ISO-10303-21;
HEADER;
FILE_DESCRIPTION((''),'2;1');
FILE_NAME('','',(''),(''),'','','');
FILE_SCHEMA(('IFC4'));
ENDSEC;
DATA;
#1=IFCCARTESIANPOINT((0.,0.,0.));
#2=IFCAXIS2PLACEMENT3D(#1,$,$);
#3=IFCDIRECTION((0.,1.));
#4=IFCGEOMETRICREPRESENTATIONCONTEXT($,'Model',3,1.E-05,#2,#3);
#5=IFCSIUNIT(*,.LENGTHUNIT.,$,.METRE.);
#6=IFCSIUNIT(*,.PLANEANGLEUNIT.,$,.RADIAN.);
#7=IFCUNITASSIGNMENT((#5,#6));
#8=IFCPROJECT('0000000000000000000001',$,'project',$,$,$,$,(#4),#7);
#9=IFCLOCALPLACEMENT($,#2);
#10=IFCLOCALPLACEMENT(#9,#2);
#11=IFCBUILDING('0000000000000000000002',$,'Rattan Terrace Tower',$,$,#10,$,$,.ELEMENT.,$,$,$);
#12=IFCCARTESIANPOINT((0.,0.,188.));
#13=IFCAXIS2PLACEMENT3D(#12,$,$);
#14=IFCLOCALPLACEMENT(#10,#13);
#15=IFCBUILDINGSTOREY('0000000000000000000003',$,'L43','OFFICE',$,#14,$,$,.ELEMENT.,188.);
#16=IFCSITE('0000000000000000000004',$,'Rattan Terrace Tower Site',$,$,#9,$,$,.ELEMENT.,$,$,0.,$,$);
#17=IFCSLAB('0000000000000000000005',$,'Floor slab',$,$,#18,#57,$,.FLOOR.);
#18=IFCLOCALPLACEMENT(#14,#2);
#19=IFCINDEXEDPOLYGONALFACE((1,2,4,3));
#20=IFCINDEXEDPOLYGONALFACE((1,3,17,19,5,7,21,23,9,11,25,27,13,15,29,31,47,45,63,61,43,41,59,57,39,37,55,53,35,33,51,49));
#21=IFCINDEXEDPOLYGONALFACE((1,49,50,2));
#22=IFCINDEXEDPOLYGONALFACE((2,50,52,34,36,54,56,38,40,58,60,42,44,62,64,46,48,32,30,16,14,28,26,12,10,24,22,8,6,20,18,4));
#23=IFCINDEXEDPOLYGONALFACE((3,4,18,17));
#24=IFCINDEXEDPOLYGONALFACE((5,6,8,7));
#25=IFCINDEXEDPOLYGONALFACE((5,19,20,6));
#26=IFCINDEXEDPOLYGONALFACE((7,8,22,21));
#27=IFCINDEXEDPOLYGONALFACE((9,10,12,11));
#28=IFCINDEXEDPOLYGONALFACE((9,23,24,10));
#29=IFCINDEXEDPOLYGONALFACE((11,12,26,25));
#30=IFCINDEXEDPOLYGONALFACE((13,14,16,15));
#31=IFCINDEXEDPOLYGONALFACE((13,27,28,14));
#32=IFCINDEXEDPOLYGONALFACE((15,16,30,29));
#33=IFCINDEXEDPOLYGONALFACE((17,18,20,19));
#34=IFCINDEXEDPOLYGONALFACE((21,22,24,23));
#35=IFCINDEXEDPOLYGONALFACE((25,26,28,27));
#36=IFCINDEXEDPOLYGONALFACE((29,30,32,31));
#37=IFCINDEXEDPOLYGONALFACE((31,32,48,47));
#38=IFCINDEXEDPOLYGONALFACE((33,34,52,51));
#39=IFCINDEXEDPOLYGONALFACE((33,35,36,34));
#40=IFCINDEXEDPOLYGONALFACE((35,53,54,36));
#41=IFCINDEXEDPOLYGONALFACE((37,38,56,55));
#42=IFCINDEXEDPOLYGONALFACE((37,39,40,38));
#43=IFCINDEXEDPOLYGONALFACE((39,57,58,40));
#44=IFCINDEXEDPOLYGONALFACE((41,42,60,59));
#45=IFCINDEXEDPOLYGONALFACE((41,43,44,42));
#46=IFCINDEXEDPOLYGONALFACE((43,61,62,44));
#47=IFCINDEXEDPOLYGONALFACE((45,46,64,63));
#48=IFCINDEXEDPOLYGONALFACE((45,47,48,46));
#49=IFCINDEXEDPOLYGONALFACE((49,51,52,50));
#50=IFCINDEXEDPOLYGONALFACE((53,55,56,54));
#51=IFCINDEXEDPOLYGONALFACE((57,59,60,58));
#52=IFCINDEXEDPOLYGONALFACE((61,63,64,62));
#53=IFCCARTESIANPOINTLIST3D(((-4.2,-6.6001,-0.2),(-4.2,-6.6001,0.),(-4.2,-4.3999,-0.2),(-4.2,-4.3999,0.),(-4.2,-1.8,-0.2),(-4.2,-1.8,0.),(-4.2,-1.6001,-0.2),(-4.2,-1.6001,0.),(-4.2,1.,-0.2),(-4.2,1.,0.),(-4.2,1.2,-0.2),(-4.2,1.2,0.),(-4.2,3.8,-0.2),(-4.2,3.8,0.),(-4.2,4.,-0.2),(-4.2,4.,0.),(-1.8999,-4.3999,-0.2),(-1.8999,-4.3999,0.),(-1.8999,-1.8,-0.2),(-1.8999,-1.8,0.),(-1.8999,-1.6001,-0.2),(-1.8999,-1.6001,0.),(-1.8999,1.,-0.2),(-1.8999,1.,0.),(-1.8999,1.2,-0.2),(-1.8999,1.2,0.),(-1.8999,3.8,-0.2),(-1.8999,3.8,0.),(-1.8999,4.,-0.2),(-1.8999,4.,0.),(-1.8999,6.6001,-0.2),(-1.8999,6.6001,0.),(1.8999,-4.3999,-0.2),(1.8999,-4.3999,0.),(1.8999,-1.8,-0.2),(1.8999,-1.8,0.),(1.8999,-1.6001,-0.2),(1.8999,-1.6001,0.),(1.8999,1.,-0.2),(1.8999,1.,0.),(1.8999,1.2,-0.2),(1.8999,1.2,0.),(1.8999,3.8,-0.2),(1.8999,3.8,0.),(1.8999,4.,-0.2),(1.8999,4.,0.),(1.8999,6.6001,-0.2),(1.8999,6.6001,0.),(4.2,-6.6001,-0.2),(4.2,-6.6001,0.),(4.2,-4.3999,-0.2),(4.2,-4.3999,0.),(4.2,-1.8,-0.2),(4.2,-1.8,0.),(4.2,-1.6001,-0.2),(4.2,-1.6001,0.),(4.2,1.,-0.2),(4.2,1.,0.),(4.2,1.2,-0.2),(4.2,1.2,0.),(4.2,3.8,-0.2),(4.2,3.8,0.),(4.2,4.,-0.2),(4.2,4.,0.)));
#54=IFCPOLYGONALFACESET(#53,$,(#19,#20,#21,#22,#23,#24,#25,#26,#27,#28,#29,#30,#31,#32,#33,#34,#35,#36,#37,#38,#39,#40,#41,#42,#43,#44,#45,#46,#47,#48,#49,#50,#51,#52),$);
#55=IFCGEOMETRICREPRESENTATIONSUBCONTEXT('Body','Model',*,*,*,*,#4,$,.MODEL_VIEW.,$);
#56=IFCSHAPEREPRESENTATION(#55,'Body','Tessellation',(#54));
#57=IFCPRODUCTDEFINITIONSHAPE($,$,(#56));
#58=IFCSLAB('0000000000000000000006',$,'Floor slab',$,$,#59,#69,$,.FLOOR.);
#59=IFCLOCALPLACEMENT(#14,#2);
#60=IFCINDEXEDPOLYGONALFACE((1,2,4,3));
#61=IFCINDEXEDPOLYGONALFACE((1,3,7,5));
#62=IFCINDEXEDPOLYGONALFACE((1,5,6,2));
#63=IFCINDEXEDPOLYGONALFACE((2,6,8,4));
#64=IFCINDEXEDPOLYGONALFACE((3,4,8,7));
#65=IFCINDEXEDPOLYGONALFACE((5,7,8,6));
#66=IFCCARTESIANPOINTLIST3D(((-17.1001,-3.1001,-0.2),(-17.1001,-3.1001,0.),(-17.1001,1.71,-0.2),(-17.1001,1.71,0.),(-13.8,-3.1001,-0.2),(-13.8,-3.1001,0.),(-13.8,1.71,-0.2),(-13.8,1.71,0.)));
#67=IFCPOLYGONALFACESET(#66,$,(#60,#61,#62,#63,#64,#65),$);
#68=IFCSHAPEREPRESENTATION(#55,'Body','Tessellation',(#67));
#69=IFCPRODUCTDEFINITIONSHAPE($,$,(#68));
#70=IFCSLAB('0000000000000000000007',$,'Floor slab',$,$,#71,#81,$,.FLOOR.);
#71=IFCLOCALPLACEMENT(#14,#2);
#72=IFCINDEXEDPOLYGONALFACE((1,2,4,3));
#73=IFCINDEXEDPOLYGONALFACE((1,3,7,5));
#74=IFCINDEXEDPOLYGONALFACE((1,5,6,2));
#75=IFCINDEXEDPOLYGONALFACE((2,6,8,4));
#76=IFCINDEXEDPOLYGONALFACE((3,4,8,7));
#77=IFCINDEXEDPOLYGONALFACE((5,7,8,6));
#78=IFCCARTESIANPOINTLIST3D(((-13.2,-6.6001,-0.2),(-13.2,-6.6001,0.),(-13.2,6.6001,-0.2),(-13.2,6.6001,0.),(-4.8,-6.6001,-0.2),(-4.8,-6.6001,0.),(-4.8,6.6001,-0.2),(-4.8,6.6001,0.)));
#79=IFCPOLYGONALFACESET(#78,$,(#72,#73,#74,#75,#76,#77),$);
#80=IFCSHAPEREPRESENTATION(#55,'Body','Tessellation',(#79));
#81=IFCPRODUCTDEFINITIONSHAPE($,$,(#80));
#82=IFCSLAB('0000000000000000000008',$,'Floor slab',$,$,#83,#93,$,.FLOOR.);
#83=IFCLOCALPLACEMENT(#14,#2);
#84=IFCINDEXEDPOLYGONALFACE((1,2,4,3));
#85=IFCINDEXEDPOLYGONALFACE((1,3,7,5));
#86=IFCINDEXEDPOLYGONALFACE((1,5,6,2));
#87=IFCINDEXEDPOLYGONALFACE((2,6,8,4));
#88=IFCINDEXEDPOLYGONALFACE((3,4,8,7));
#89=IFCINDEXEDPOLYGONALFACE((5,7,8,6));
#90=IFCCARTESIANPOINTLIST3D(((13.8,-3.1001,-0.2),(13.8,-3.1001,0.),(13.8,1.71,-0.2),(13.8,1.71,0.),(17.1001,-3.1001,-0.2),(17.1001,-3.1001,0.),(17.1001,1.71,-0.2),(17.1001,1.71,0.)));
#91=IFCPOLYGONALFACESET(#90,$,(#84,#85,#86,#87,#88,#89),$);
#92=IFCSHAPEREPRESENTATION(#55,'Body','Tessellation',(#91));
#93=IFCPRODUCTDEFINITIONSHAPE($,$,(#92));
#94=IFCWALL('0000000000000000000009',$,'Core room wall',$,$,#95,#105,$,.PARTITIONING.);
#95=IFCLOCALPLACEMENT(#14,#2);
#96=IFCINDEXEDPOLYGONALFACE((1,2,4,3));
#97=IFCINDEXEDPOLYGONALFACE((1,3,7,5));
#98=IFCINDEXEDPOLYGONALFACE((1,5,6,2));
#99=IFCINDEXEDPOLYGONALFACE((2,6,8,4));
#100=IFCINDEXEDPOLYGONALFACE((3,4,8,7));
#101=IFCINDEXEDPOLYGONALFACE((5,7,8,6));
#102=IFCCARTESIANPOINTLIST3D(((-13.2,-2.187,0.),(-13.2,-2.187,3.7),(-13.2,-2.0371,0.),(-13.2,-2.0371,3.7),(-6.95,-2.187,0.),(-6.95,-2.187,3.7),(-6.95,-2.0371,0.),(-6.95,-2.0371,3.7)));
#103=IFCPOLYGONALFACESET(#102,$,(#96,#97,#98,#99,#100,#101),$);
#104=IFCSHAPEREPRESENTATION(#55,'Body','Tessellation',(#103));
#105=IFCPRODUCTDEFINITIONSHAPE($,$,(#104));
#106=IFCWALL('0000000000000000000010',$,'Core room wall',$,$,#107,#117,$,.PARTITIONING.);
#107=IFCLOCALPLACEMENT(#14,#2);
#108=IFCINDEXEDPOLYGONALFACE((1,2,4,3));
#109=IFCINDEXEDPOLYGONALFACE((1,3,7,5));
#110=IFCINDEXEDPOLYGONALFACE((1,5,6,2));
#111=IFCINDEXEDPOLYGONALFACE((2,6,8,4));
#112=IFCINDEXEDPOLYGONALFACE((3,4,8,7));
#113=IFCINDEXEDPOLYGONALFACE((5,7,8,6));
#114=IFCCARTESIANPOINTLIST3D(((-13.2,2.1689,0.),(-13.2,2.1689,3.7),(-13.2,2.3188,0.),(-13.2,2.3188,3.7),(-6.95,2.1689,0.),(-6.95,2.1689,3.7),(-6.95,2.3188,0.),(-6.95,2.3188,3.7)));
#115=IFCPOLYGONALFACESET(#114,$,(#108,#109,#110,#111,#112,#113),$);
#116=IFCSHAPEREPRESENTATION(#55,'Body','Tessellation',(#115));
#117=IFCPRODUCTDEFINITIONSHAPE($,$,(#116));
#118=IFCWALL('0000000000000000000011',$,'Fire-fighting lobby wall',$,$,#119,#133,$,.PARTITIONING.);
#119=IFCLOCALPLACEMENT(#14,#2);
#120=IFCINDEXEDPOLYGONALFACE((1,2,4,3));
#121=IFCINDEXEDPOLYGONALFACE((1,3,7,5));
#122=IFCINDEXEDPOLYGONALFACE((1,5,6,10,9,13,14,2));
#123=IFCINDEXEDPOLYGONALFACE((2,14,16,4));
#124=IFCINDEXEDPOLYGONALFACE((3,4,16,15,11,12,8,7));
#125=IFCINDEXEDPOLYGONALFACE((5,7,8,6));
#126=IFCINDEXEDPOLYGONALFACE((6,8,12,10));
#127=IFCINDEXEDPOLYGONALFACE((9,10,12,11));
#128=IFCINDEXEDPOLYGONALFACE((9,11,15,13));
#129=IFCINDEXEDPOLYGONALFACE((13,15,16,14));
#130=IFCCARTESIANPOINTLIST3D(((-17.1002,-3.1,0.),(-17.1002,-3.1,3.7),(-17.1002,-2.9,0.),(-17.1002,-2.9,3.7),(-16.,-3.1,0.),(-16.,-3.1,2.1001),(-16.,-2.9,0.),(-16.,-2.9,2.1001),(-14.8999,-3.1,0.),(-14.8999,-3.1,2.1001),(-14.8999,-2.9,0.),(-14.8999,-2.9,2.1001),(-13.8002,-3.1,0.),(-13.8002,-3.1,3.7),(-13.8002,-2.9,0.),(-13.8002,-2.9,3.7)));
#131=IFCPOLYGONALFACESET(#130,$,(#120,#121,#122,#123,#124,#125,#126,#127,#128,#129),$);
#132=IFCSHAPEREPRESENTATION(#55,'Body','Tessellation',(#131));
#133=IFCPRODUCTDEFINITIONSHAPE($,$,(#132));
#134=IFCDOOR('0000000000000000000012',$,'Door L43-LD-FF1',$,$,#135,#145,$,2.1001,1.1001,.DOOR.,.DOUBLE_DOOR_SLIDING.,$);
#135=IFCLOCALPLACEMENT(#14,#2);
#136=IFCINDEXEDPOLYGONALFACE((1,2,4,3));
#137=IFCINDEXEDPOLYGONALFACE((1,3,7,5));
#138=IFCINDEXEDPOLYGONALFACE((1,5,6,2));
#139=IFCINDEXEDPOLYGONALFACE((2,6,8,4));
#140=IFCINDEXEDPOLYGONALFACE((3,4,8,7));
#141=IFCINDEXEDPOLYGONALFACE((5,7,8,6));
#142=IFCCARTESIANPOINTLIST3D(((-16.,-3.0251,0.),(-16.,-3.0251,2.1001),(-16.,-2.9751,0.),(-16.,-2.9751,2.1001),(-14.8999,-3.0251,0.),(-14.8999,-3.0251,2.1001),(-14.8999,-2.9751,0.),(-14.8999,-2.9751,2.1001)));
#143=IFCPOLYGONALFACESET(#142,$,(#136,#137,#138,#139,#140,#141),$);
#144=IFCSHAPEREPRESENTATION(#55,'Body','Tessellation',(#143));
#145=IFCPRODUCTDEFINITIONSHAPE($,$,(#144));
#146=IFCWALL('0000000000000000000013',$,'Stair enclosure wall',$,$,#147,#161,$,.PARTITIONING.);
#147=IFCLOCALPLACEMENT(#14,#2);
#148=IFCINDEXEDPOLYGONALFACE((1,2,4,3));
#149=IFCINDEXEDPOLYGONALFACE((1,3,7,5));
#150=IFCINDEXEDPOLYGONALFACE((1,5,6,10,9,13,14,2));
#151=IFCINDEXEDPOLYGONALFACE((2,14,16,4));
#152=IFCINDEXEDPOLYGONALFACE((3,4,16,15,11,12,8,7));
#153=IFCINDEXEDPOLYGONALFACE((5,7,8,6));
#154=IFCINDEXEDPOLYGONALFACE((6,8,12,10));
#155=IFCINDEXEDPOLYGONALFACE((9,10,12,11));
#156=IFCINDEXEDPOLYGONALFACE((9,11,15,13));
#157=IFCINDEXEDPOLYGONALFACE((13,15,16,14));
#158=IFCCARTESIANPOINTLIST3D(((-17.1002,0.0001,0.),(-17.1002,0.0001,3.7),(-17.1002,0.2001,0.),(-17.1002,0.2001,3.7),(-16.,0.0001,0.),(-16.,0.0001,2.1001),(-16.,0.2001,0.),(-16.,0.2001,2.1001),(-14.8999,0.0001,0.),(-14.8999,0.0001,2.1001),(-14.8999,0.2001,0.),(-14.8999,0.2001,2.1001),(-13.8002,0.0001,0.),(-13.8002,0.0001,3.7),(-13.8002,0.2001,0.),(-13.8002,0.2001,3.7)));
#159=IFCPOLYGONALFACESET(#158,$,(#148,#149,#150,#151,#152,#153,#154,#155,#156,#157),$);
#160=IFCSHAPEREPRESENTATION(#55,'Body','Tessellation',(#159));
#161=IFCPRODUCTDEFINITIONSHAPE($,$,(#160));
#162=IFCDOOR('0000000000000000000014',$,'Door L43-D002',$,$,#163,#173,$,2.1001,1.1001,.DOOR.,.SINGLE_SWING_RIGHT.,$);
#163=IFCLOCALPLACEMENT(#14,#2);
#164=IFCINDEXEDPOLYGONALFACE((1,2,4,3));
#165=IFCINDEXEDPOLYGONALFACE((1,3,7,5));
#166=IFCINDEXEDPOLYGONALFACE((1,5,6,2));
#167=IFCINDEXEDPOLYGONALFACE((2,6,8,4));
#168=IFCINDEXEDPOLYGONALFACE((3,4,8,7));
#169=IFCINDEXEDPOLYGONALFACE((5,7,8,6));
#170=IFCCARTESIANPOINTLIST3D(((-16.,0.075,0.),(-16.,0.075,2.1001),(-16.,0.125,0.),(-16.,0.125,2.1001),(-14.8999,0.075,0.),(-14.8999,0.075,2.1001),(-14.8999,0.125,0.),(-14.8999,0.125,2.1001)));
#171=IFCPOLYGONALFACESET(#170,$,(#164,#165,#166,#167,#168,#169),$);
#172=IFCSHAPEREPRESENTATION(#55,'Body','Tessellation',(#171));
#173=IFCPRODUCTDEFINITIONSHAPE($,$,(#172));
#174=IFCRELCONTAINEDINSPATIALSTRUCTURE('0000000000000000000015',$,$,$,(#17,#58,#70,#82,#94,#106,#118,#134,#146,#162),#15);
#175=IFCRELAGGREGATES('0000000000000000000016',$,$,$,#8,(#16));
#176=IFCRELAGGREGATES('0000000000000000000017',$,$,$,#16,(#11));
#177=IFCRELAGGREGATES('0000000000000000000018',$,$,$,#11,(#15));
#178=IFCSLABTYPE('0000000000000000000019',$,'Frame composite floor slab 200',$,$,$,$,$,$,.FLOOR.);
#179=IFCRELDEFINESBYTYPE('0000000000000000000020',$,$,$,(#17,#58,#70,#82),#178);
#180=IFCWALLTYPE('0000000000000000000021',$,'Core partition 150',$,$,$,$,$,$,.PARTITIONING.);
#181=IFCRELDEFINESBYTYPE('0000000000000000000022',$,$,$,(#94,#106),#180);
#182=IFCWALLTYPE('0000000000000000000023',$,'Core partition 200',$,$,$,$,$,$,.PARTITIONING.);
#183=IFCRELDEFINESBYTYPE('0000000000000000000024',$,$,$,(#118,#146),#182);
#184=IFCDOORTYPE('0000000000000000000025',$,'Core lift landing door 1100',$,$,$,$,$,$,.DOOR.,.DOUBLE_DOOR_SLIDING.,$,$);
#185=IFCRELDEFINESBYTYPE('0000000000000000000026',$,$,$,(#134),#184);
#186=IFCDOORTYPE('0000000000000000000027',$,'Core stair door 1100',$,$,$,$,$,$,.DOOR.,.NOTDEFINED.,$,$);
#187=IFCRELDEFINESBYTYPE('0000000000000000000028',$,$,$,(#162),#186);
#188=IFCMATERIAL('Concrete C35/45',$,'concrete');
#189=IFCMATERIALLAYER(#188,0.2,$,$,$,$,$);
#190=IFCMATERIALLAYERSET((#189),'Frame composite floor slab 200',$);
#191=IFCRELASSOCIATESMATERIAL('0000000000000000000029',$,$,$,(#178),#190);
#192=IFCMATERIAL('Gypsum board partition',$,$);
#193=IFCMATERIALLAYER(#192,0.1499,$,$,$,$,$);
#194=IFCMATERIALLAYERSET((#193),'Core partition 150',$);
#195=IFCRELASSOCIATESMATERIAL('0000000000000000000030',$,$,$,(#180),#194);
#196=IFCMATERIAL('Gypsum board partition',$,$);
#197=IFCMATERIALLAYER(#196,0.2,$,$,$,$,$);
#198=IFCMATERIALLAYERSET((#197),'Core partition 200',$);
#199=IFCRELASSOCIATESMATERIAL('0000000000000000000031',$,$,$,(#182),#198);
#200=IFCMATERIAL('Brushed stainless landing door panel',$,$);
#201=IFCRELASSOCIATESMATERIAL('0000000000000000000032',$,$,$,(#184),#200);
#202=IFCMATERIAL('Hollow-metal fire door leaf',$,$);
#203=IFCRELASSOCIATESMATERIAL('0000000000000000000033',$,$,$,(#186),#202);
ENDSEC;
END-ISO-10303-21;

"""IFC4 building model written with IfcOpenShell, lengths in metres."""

from ifc_helpers import new_model, si_unit, direction, frame, frame_2d, origin, place, context, subcontext, project, spatial, polyline, rectangle, outline, extrude, material, layer, layer_set, type_object, element, fill, save


model = new_model("IFC4")

# Units and contexts
model_context = context("Model", 3, precision=1e-05, world=origin(), true_north=direction((0.0, 1.0)))
body_context = subcontext(model_context, "Body", "Model", "MODEL_VIEW")
ifc_project = project(units=[si_unit("LENGTHUNIT", "METRE"), si_unit("PLANEANGLEUNIT", "RADIAN")], contexts=[model_context])

# Site, building, storey
site_placement = place(None, origin())
site = spatial("IfcSite", under=ifc_project, at=site_placement, Name="Rattan Terrace Tower Site", CompositionType="ELEMENT", RefElevation=0.0)
building_placement = place(site_placement, origin())
building = spatial("IfcBuilding", under=site, at=building_placement, Name="Rattan Terrace Tower", CompositionType="ELEMENT")
storey_placement = place(building_placement, frame((0.0, 0.0, 188.0)))
storey = spatial("IfcBuildingStorey", under=building, at=storey_placement, Name="L43", Description="OFFICE", CompositionType="ELEMENT", Elevation=188.0)

# Slabs
ifc_material_1 = material(Name="Concrete C35/45", Category="concrete")
ifc_layer_1 = layer(ifc_material_1, 0.2)
ifc_layer_set_1 = layer_set([ifc_layer_1], Name="Frame composite floor slab 200")
slab_type_1 = type_object("IfcSlabType", Name="Frame composite floor slab 200", PredefinedType="FLOOR", material=ifc_layer_set_1)
slab_1_placement = place(storey_placement, frame((0.0, 0.0, -0.2)))
element("IfcSlab", 1, at=slab_1_placement, inside=storey, type_object=slab_type_1, Name="Floor slab", PredefinedType="FLOOR", context=body_context, shape_type="SweptSolid", body=[
    extrude(outline(polyline([(1.8999, 6.6001), (-1.8999, 6.6001), (-1.8999, 4.0), (-4.2, 4.0), (-4.2, 3.8), (-1.8999, 3.8), (-1.8999, 1.2), (-4.2, 1.2), (-4.2, 1.0), (-1.8999, 1.0), (-1.8999, -1.6001), (-4.2, -1.6001), (-4.2, -1.8), (-1.8999, -1.8), (-1.8999, -4.3999), (-4.2, -4.3999), (-4.2, -6.6001), (4.2, -6.6001), (4.2, -4.3999), (1.8999, -4.3999), (1.8999, -1.8), (4.2, -1.8), (4.2, -1.6001), (1.8999, -1.6001), (1.8999, 1.0), (4.2, 1.0), (4.2, 1.2), (1.8999, 1.2), (1.8999, 3.8), (4.2, 3.8), (4.2, 4.0), (1.8999, 4.0), (1.8999, 6.6001)])), origin(), (0.0, 0.0, 1.0), 0.2),
])
slab_2_placement = place(storey_placement, frame((0.0, 0.0, -0.2)))
element("IfcSlab", 2, at=slab_2_placement, inside=storey, type_object=slab_type_1, Name="Floor slab", PredefinedType="FLOOR", context=body_context, shape_type="SweptSolid", body=[
    extrude(outline(polyline([(-17.1001, -3.1001), (-13.8, -3.1001), (-13.8, 1.71), (-17.1001, 1.71), (-17.1001, -3.1001)])), origin(), (0.0, 0.0, 1.0), 0.2),
])
slab_3_placement = place(storey_placement, frame((0.0, 0.0, -0.2)))
element("IfcSlab", 3, at=slab_3_placement, inside=storey, type_object=slab_type_1, Name="Floor slab", PredefinedType="FLOOR", context=body_context, shape_type="SweptSolid", body=[
    extrude(outline(polyline([(-4.8, -6.6001), (-4.8, 6.6001), (-13.2, 6.6001), (-13.2, -6.6001), (-4.8, -6.6001)])), origin(), (0.0, 0.0, 1.0), 0.2),
])
slab_4_placement = place(storey_placement, frame((0.0, 0.0, -0.2)))
element("IfcSlab", 4, at=slab_4_placement, inside=storey, type_object=slab_type_1, Name="Floor slab", PredefinedType="FLOOR", context=body_context, shape_type="SweptSolid", body=[
    extrude(outline(polyline([(13.8, -3.1001), (17.1001, -3.1001), (17.1001, 1.71), (13.8, 1.71), (13.8, -3.1001)])), origin(), (0.0, 0.0, 1.0), 0.2),
])

# Walls
ifc_material_2 = material(Name="Gypsum board partition")
ifc_layer_2 = layer(ifc_material_2, 0.1499)
ifc_layer_set_2 = layer_set([ifc_layer_2], Name="Core partition 150")
wall_type_1 = type_object("IfcWallType", Name="Core partition 150", PredefinedType="PARTITIONING", material=ifc_layer_set_2)
for number, where, z_axis, x_axis, name in (
    (5, (-13.2, -2.1121, 0.0), (0.0, 0.0, 1.0), (1.0, 0.0, 0.0), "Core room wall"),
    (6, (-13.2, 2.2439, 0.0), (0.0, 0.0, 1.0), (1.0, 0.0, 0.0), "Core room wall"),
):
    element("IfcWall", number, at=place(storey_placement, frame(where, z_axis=z_axis, x_axis=x_axis)), inside=storey, type_object=wall_type_1, Name=name, PredefinedType="PARTITIONING", context=body_context, shape_type="SweptSolid", body=[
        extrude(rectangle(XDim=6.25, YDim=0.1499, at=frame_2d((3.125, 0.0))), origin(), (0.0, 0.0, 1.0), 3.7),
    ])

# Walls, openings, doors
ifc_material_3 = material(Name="Gypsum board partition")
ifc_layer_3 = layer(ifc_material_3, 0.2)
ifc_layer_set_3 = layer_set([ifc_layer_3], Name="Core partition 200")
wall_type_2 = type_object("IfcWallType", Name="Core partition 200", PredefinedType="PARTITIONING", material=ifc_layer_set_3)
wall_1_placement = place(storey_placement, frame((-17.1001, -3.0, 0.0), z_axis=(0.0, 0.0, 1.0), x_axis=(1.0, 0.0, 0.0)))
wall_1 = element("IfcWall", 7, at=wall_1_placement, inside=storey, type_object=wall_type_2, Name="Fire-fighting lobby wall", PredefinedType="PARTITIONING", context=body_context, shape_type="SweptSolid", body=[
    extrude(rectangle(XDim=3.3, YDim=0.2, at=frame_2d((1.6499, 0.0))), origin(), (0.0, 0.0, 1.0), 3.7),
])
opening_1_placement = place(wall_1_placement, frame((1.1001, 0.0, 0.0)))
opening_1 = element("IfcOpeningElement", 8, at=opening_1_placement, cuts=wall_1, PredefinedType="OPENING", context=body_context, shape_type="SweptSolid", body=[
    extrude(rectangle(XDim=1.1001, YDim=2.1001, at=frame_2d((0.55, 1.05))), frame((0.0, 0.1106, 0.0), z_axis=(0.0, -1.0, 0.0), x_axis=(1.0, 0.0, 0.0)), (0.0, 0.0, 1.0), 0.2209),
])
ifc_material_4 = material(Name="Brushed stainless landing door panel")
door_type_1 = type_object("IfcDoorType", Name="Core lift landing door 1100", OperationType="DOUBLE_DOOR_SLIDING", PredefinedType="DOOR", material=ifc_material_4)
door_1_placement = place(opening_1_placement, origin())
door_1 = element("IfcDoor", 9, at=door_1_placement, inside=storey, type_object=door_type_1, Name="Door L43-LD-FF1", OperationType="DOUBLE_DOOR_SLIDING", OverallHeight=2.1001, OverallWidth=1.1001, PredefinedType="DOOR", context=body_context, shape_type="SweptSolid", body=[
    extrude(rectangle(XDim=1.1001, YDim=2.1001, at=frame_2d((0.55, 1.05))), frame((0.0, 0.0249, 0.0), z_axis=(0.0, -1.0, 0.0), x_axis=(1.0, 0.0, 0.0)), (0.0, 0.0, 1.0), 0.05),
])
fill(opening_1, door_1)
wall_2_placement = place(storey_placement, frame((-17.1001, 0.1001, 0.0), z_axis=(0.0, 0.0, 1.0), x_axis=(1.0, 0.0, 0.0)))
wall_2 = element("IfcWall", 10, at=wall_2_placement, inside=storey, type_object=wall_type_2, Name="Stair enclosure wall", PredefinedType="PARTITIONING", context=body_context, shape_type="SweptSolid", body=[
    extrude(rectangle(XDim=3.3, YDim=0.2, at=frame_2d((1.6499, 0.0))), origin(), (0.0, 0.0, 1.0), 3.7),
])
opening_2_placement = place(wall_2_placement, frame((1.1001, 0.0, 0.0)))
opening_2 = element("IfcOpeningElement", 11, at=opening_2_placement, cuts=wall_2, PredefinedType="OPENING", context=body_context, shape_type="SweptSolid", body=[
    extrude(rectangle(XDim=1.1001, YDim=2.1001, at=frame_2d((0.55, 1.05))), frame((0.0, 0.1106, 0.0), z_axis=(0.0, -1.0, 0.0), x_axis=(1.0, 0.0, 0.0)), (0.0, 0.0, 1.0), 0.2209),
])
ifc_material_5 = material(Name="Hollow-metal fire door leaf")
door_type_2 = type_object("IfcDoorType", Name="Core stair door 1100", OperationType="NOTDEFINED", PredefinedType="DOOR", material=ifc_material_5)
door_2_placement = place(opening_2_placement, origin())
door_2 = element("IfcDoor", 12, at=door_2_placement, inside=storey, type_object=door_type_2, Name="Door L43-D002", OperationType="SINGLE_SWING_RIGHT", OverallHeight=2.1001, OverallWidth=1.1001, PredefinedType="DOOR", context=body_context, shape_type="SweptSolid", body=[
    extrude(rectangle(XDim=1.1001, YDim=2.1001, at=frame_2d((0.55, 1.05))), frame((0.0, 0.0249, 0.0), z_axis=(0.0, -1.0, 0.0), x_axis=(1.0, 0.0, 0.0)), (0.0, 0.0, 1.0), 0.05),
])
fill(opening_2, door_2)

save(model, "model.ifc")
